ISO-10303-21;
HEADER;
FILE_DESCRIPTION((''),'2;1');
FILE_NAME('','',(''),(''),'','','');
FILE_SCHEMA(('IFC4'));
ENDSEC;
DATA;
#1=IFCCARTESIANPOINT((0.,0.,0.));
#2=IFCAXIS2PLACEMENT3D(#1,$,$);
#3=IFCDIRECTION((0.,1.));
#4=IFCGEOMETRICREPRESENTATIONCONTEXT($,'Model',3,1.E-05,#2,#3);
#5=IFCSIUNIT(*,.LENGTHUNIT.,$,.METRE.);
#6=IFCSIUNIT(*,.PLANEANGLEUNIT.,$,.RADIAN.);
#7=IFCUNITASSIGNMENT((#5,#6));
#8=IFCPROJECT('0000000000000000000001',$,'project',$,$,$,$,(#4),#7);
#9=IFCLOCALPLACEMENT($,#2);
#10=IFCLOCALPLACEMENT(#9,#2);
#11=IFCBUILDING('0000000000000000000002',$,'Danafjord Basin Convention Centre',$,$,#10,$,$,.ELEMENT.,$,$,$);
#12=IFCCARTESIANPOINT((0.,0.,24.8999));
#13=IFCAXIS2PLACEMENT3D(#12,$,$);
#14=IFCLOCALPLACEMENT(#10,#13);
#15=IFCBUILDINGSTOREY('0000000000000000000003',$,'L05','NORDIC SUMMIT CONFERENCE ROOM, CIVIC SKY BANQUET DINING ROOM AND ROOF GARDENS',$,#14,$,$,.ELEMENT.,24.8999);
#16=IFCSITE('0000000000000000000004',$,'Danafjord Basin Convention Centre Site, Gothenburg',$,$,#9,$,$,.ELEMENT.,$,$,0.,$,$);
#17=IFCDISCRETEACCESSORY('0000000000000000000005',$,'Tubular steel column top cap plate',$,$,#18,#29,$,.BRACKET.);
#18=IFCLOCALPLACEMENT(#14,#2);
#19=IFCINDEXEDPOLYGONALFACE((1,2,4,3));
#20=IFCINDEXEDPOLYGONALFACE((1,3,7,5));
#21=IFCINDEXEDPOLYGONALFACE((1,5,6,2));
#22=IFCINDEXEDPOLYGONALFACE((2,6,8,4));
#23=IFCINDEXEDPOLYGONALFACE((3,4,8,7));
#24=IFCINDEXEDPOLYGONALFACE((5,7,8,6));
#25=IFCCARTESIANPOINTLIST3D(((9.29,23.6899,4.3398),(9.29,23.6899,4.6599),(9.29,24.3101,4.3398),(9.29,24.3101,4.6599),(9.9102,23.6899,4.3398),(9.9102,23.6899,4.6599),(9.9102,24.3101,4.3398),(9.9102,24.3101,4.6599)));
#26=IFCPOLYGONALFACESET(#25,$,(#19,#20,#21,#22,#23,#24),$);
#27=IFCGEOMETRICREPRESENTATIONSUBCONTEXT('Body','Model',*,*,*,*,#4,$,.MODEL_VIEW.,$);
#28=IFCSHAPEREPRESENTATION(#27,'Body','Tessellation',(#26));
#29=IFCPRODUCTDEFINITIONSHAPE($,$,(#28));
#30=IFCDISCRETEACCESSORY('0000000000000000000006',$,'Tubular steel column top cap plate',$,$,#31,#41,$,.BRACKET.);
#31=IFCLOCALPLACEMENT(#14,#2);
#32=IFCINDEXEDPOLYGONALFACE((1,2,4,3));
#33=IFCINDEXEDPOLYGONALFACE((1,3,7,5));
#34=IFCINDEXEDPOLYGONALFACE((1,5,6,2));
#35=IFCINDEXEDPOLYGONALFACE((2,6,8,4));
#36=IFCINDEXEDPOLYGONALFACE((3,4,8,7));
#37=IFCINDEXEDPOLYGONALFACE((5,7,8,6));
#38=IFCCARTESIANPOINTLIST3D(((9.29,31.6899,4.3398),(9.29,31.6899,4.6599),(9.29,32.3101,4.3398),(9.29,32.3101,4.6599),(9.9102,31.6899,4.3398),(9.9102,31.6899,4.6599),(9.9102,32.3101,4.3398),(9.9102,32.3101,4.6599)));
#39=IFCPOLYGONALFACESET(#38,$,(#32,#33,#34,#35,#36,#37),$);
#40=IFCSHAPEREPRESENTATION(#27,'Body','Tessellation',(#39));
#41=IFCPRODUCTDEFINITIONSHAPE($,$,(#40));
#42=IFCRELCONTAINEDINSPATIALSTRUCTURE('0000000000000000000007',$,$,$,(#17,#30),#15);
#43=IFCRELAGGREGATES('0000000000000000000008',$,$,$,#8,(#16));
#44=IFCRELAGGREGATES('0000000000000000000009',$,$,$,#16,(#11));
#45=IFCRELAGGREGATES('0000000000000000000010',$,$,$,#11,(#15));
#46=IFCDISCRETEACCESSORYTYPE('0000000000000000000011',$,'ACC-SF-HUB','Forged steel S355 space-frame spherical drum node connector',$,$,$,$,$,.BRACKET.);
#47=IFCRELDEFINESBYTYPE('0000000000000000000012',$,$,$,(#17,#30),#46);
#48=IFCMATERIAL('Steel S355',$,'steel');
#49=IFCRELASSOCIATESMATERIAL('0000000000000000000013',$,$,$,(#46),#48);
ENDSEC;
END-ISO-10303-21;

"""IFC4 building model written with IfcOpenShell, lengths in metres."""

from ifc_helpers import new_model, si_unit, direction, frame, origin, origin_2d, place, context, subcontext, project, spatial, rectangle, extrude, material, type_object, element, save


model = new_model("IFC4")

# Units and contexts
model_context = context("Model", 3, precision=1e-05, world=origin(), true_north=direction((0.0, 1.0)))
body_context = subcontext(model_context, "Body", "Model", "MODEL_VIEW")
ifc_project = project(units=[si_unit("LENGTHUNIT", "METRE"), si_unit("PLANEANGLEUNIT", "RADIAN")], contexts=[model_context])

# Site, building, storey
site_placement = place(None, origin())
site = spatial("IfcSite", under=ifc_project, at=site_placement, Name="Danafjord Basin Convention Centre Site, Gothenburg", CompositionType="ELEMENT", RefElevation=0.0)
building_placement = place(site_placement, origin())
building = spatial("IfcBuilding", under=site, at=building_placement, Name="Danafjord Basin Convention Centre", CompositionType="ELEMENT")
storey_placement = place(building_placement, frame((0.0, 0.0, 24.8999)))
storey = spatial("IfcBuildingStorey", under=building, at=storey_placement, Name="L05", Description="NORDIC SUMMIT CONFERENCE ROOM, CIVIC SKY BANQUET DINING ROOM AND ROOF GARDENS", CompositionType="ELEMENT", Elevation=24.8999)

# Shared definitions
ifc_material_1 = material(Name="Steel S355", Category="steel")

# Discrete accessories
discrete_accessory_type = type_object("IfcDiscreteAccessoryType", Name="ACC-SF-HUB", Description="Forged steel S355 space-frame spherical drum node connector", PredefinedType="BRACKET", material=ifc_material_1)
for number, where, z_axis, x_axis, name in (
    (1, (9.6001, 24.0, 4.3398), (0.0, 0.0, 1.0), (1.0, 0.0, 0.0), "Tubular steel column top cap plate"),
    (2, (9.6001, 32.0, 4.3398), (0.0, 0.0, 1.0), (1.0, 0.0, 0.0), "Tubular steel column top cap plate"),
):
    element("IfcDiscreteAccessory", number, at=place(storey_placement, frame(where, z_axis=z_axis, x_axis=x_axis)), inside=storey, type_object=discrete_accessory_type, Name=name, PredefinedType="BRACKET", context=body_context, shape_type="SweptSolid", body=[
        extrude(rectangle(XDim=0.6201, YDim=0.6201, at=origin_2d()), origin(), (0.0, 0.0, 1.0), 0.3201),
    ])

save(model, "model.ifc")
